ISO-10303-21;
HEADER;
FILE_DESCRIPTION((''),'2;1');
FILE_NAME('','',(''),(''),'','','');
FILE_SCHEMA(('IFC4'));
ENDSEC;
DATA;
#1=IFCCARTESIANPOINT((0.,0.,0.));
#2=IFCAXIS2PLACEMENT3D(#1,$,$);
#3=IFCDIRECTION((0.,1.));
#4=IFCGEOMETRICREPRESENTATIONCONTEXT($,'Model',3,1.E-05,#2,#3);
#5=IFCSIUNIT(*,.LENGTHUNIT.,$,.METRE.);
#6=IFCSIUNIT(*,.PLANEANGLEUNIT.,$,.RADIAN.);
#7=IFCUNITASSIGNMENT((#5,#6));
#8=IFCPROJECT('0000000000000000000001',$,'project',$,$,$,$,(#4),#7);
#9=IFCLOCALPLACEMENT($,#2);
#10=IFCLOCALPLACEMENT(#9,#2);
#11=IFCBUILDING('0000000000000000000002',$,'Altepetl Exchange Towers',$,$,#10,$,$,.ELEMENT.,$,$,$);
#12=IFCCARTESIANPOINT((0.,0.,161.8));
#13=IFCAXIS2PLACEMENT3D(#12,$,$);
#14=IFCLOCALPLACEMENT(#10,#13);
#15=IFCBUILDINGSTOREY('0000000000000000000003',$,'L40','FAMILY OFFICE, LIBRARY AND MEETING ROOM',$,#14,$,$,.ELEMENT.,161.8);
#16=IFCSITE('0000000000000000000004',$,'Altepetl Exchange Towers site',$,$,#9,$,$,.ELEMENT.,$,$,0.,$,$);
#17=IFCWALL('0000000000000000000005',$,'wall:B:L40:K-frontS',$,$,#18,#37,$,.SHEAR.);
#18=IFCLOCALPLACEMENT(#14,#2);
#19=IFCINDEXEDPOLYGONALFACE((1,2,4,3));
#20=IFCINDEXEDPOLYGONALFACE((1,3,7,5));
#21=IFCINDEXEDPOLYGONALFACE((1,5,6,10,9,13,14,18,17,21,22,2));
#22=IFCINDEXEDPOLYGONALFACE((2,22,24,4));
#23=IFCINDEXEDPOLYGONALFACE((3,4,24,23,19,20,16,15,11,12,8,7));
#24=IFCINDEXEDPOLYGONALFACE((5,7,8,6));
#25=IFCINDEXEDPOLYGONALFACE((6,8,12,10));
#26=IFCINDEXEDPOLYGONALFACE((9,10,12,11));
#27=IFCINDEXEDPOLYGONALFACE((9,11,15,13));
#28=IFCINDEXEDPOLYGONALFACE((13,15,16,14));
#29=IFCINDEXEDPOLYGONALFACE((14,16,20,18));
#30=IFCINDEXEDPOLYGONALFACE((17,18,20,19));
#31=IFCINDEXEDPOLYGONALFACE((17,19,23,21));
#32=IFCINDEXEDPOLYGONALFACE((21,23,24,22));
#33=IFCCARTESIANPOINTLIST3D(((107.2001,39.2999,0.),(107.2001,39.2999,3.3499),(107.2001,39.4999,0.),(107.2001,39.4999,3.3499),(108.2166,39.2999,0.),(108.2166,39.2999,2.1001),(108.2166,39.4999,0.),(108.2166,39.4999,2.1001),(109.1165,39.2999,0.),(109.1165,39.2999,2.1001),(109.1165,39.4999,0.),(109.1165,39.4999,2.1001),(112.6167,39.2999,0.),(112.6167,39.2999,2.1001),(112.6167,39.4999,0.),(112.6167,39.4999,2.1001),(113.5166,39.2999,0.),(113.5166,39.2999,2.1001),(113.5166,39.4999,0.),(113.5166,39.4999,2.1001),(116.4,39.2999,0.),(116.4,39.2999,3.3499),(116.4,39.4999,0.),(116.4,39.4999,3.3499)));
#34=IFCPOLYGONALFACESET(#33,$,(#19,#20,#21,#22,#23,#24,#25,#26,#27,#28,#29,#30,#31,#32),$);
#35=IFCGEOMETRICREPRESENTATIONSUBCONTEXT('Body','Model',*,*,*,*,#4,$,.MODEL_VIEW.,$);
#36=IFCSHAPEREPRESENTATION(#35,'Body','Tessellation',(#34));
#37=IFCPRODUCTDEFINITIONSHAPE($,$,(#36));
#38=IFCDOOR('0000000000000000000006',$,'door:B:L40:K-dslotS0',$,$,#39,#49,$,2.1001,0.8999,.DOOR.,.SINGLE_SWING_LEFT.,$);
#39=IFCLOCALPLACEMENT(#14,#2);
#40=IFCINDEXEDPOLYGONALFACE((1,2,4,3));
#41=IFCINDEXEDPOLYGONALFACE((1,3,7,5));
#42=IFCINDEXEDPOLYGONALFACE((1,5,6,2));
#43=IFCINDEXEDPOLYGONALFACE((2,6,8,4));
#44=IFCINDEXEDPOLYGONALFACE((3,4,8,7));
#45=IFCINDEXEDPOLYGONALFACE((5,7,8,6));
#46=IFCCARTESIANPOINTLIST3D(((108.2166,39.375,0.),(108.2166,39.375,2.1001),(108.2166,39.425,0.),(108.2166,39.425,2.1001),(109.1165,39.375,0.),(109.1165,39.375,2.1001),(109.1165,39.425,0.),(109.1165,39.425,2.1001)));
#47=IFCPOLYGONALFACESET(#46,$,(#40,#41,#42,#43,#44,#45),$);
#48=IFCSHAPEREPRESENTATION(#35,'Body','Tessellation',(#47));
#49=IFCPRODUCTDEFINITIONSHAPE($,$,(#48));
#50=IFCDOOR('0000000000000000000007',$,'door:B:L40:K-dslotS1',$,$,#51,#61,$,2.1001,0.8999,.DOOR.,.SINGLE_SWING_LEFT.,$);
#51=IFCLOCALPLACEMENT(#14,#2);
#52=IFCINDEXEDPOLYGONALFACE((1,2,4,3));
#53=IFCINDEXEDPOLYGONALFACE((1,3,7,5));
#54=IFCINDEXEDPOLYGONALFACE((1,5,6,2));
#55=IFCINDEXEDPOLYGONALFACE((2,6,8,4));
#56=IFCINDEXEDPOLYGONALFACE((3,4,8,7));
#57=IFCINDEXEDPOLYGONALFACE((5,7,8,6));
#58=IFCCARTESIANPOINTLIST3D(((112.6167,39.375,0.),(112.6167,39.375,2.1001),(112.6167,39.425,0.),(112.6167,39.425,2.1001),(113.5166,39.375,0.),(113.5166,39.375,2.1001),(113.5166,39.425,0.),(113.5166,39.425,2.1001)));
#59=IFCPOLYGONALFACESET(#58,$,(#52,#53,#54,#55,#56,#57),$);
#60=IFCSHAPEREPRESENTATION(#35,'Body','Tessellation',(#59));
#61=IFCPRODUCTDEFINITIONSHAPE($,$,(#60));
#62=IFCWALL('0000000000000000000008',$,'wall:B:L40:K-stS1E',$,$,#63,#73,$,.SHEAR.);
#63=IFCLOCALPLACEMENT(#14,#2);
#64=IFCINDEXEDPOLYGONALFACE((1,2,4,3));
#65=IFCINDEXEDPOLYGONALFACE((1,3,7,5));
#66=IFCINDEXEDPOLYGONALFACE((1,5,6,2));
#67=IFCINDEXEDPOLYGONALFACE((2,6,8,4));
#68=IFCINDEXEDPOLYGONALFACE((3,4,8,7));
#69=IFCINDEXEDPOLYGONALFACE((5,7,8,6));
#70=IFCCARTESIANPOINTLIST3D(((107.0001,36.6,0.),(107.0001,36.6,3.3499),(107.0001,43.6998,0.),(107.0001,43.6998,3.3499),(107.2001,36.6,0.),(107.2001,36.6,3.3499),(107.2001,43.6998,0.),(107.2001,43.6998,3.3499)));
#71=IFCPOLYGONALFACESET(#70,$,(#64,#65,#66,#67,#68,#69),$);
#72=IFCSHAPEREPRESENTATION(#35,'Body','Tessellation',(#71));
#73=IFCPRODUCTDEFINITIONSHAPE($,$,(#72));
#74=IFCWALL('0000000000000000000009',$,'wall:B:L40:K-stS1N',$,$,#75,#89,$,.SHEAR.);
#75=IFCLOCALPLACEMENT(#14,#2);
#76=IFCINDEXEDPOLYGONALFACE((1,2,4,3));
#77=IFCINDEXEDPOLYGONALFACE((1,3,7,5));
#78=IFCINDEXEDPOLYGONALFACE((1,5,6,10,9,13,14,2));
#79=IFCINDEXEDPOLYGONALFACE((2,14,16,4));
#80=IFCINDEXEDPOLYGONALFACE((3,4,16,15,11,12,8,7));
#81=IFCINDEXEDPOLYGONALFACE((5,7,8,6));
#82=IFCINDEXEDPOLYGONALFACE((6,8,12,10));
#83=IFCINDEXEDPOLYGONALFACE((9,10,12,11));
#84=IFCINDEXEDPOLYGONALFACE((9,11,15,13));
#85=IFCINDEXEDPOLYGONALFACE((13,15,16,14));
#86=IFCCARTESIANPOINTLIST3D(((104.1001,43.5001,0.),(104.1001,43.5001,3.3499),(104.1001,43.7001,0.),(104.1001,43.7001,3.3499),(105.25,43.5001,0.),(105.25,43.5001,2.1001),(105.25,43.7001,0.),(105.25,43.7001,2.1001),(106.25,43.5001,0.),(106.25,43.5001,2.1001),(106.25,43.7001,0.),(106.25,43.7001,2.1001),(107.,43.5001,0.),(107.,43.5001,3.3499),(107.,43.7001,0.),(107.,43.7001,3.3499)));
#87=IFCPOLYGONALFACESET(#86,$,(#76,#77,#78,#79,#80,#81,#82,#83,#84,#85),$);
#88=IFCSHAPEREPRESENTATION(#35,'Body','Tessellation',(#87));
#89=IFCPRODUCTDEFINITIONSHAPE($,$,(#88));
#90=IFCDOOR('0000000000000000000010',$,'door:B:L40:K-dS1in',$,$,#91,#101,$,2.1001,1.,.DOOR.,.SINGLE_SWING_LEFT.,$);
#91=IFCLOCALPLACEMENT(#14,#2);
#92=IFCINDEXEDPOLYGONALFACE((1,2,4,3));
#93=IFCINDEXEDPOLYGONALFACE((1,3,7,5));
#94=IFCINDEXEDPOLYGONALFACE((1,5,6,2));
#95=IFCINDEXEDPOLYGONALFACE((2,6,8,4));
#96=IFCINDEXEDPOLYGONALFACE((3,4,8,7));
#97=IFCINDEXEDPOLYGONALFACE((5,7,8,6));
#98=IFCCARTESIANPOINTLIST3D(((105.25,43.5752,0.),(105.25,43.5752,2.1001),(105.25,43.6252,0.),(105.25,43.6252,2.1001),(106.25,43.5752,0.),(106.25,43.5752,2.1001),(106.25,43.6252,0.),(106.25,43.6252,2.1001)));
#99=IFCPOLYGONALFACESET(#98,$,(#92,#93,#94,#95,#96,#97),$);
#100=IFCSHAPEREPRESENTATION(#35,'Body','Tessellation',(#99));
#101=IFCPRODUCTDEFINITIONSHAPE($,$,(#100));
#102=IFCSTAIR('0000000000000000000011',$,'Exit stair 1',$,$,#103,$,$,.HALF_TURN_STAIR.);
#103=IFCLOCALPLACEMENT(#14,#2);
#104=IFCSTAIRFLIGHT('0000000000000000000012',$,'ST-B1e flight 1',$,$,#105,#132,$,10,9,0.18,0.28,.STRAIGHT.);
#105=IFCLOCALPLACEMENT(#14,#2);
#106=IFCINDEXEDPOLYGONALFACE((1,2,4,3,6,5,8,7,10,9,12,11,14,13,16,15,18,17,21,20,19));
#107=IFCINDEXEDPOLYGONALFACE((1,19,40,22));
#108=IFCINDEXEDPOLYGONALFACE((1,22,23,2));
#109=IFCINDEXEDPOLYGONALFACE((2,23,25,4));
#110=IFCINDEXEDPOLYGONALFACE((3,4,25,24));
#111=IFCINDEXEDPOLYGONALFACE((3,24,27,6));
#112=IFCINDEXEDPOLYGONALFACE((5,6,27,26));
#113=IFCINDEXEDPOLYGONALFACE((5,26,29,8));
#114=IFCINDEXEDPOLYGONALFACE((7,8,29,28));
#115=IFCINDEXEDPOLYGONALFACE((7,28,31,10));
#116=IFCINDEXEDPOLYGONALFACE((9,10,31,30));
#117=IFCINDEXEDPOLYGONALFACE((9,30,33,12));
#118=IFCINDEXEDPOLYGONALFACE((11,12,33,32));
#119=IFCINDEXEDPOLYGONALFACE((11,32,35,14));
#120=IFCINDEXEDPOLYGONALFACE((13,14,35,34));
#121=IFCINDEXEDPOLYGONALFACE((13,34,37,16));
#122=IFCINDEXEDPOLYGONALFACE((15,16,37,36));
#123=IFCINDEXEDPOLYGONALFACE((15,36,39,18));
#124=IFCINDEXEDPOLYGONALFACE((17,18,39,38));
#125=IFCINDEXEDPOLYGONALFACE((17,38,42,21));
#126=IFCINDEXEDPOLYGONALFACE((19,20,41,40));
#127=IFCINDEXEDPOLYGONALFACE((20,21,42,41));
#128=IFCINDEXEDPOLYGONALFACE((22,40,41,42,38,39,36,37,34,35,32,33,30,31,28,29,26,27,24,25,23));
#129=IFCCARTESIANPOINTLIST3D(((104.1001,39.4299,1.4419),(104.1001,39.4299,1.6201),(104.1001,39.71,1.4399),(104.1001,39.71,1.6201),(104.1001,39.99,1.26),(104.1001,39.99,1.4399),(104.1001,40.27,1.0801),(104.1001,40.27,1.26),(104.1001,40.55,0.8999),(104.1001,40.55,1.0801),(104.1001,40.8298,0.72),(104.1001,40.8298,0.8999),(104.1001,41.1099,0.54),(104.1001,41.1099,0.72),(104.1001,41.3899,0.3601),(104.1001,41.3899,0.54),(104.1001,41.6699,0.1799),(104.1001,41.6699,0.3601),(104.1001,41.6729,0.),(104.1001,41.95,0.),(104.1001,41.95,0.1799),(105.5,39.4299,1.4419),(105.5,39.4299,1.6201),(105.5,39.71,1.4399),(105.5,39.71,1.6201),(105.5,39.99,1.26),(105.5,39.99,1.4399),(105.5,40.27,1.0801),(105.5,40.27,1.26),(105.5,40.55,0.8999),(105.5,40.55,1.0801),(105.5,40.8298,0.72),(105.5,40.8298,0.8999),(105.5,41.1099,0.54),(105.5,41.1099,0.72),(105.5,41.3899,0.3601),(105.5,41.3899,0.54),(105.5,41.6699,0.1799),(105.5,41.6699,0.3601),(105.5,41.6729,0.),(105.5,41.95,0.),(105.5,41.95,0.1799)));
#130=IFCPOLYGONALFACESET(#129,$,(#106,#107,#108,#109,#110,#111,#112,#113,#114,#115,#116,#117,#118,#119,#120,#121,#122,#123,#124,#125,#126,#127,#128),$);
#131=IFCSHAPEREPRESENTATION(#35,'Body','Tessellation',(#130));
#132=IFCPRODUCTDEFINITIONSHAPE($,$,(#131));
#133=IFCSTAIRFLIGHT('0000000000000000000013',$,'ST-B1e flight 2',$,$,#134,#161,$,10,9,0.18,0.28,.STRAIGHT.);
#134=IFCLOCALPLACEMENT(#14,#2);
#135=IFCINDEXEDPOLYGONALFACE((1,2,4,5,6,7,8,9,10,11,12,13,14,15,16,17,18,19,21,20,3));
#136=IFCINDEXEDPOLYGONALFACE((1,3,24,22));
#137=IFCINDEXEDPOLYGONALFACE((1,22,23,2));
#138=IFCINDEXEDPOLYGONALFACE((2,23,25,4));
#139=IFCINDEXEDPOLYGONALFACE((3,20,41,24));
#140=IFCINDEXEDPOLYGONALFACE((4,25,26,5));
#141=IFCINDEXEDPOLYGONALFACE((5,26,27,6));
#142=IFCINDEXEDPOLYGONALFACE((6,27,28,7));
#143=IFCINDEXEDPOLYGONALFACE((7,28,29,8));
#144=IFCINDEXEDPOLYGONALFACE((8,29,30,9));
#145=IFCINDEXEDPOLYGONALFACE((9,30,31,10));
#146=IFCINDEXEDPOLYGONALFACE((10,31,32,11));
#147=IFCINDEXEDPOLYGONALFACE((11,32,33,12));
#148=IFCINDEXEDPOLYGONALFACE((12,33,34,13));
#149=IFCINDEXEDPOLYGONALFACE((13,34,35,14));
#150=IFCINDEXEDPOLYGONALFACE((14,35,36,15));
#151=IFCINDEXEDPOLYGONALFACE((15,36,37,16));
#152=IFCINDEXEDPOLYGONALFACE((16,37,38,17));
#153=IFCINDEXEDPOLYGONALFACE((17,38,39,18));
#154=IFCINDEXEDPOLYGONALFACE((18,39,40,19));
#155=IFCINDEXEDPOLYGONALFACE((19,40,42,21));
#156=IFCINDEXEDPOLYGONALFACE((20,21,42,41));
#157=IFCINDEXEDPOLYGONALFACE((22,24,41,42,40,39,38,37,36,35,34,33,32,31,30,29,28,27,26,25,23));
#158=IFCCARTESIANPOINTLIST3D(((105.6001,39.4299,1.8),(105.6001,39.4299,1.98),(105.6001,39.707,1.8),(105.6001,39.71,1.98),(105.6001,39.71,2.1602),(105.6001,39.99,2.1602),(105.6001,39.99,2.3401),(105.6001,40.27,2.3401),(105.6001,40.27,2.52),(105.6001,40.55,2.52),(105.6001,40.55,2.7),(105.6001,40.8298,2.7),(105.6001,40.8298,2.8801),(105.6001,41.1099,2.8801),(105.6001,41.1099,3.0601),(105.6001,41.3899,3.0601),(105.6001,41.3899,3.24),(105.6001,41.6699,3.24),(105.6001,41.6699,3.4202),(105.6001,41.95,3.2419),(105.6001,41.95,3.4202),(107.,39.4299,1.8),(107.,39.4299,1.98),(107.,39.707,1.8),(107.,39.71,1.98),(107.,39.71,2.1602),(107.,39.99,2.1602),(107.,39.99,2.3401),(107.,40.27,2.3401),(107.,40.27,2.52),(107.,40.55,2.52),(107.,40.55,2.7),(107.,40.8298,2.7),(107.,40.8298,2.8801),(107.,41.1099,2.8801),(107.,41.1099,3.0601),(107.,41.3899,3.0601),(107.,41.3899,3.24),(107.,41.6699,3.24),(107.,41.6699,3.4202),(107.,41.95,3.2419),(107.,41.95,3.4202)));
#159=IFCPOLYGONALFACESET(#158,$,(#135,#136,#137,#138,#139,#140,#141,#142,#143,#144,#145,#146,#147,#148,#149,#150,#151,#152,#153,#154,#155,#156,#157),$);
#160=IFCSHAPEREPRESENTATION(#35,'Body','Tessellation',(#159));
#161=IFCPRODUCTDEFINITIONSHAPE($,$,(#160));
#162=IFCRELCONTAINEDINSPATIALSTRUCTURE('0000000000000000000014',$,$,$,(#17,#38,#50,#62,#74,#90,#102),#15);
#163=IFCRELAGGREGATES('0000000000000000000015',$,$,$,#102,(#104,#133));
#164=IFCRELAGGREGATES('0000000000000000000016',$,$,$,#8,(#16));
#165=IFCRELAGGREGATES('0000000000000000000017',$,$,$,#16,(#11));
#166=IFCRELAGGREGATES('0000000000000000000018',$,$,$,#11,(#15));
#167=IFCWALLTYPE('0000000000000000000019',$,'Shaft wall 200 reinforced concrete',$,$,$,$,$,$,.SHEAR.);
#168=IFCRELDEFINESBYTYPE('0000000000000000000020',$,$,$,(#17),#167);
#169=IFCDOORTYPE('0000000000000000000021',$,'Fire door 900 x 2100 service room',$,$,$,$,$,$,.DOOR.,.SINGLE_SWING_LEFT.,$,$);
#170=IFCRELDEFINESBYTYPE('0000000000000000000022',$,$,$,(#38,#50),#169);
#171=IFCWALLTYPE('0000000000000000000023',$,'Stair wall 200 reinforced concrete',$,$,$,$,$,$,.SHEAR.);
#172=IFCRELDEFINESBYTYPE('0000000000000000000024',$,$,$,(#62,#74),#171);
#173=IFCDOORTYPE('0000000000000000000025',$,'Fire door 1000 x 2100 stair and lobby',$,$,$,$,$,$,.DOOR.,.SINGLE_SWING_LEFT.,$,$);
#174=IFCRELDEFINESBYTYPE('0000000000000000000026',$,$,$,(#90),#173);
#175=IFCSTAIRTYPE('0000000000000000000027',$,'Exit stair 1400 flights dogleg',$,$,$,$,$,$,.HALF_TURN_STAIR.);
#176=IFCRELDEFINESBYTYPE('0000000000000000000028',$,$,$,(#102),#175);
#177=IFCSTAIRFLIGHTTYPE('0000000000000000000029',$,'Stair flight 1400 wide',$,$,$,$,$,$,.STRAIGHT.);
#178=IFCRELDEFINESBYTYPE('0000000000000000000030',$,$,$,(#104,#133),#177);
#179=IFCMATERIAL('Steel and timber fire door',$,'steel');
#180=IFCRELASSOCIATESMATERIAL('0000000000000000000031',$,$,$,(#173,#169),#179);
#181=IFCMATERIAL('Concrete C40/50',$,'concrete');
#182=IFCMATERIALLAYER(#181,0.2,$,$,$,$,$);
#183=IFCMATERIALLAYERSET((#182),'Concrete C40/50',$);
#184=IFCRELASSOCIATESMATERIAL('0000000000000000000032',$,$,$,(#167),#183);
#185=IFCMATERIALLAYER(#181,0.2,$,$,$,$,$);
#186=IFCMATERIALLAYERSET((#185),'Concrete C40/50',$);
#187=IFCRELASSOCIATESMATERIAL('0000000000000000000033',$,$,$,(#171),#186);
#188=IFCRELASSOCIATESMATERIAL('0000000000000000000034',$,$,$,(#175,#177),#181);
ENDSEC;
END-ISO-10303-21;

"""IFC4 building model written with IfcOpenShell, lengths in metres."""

from ifc_helpers import new_model, si_unit, direction, frame, frame_2d, origin, place, context, subcontext, project, spatial, polyline, rectangle, outline, extrude, material, layer, layer_set, type_object, element, fill, aggregate, save


model = new_model("IFC4")

# Units and contexts
model_context = context("Model", 3, precision=1e-05, world=origin(), true_north=direction((0.0, 1.0)))
body_context = subcontext(model_context, "Body", "Model", "MODEL_VIEW")
ifc_project = project(units=[si_unit("LENGTHUNIT", "METRE"), si_unit("PLANEANGLEUNIT", "RADIAN")], contexts=[model_context])

# Site, building, storey
site_placement = place(None, origin())
site = spatial("IfcSite", under=ifc_project, at=site_placement, Name="Altepetl Exchange Towers site", CompositionType="ELEMENT", RefElevation=0.0)
building_placement = place(site_placement, origin())
building = spatial("IfcBuilding", under=site, at=building_placement, Name="Altepetl Exchange Towers", CompositionType="ELEMENT")
storey_placement = place(building_placement, frame((0.0, 0.0, 161.8)))
storey = spatial("IfcBuildingStorey", under=building, at=storey_placement, Name="L40", Description="FAMILY OFFICE, LIBRARY AND MEETING ROOM", CompositionType="ELEMENT", Elevation=161.8)

# Shared definitions
ifc_material_1 = material(Name="Steel and timber fire door", Category="steel")
door_type_1 = type_object("IfcDoorType", Name="Fire door 1000 x 2100 stair and lobby", OperationType="SINGLE_SWING_LEFT", PredefinedType="DOOR", material=ifc_material_1)

# Shared definitions
ifc_material_2 = material(Name="Concrete C40/50", Category="concrete")
ifc_layer_1 = layer(ifc_material_2, 0.2)
ifc_layer_set_1 = layer_set([ifc_layer_1], Name="Concrete C40/50")
wall_type_1 = type_object("IfcWallType", Name="Shaft wall 200 reinforced concrete", PredefinedType="SHEAR", material=ifc_layer_set_1)

# Wall, openings, doors
wall_1_placement = place(storey_placement, frame((107.2, 39.3999, 0.0)))
wall_1 = element("IfcWall", 1, at=wall_1_placement, inside=storey, type_object=wall_type_1, Name="wall:B:L40:K-frontS", PredefinedType="SHEAR", context=body_context, shape_type="SweptSolid", body=[
    extrude(rectangle(XDim=9.2, YDim=0.2, at=frame_2d((4.6001, 0.0))), origin(), (0.0, 0.0, 1.0), 3.3499),
])
opening_1_placement = place(wall_1_placement, frame((1.0166, 0.0, 0.0)))
opening_1 = element("IfcOpeningElement", 2, at=opening_1_placement, cuts=wall_1, PredefinedType="OPENING", context=body_context, shape_type="SweptSolid", body=[
    extrude(rectangle(XDim=0.8999, YDim=2.1001, at=frame_2d((0.45, 1.05))), frame((0.0, 0.1099, 0.0), z_axis=(0.0, -1.0, 0.0), x_axis=(1.0, 0.0, 0.0)), (0.0, 0.0, 1.0), 0.22),
])
opening_2_placement = place(wall_1_placement, frame((5.4167, 0.0, 0.0)))
opening_2 = element("IfcOpeningElement", 3, at=opening_2_placement, cuts=wall_1, PredefinedType="OPENING", context=body_context, shape_type="SweptSolid", body=[
    extrude(rectangle(XDim=0.8999, YDim=2.1001, at=frame_2d((0.45, 1.05))), frame((0.0, 0.1099, 0.0), z_axis=(0.0, -1.0, 0.0), x_axis=(1.0, 0.0, 0.0)), (0.0, 0.0, 1.0), 0.22),
])
door_type_2 = type_object("IfcDoorType", Name="Fire door 900 x 2100 service room", OperationType="SINGLE_SWING_LEFT", PredefinedType="DOOR", material=ifc_material_1)
door_1_placement = place(opening_1_placement, frame((0.8999, 0.0, 0.0), x_axis=(-1.0, 0.0, 0.0)))
door_1 = element("IfcDoor", 4, at=door_1_placement, inside=storey, type_object=door_type_2, Name="door:B:L40:K-dslotS0", OperationType="SINGLE_SWING_LEFT", OverallHeight=2.1001, OverallWidth=0.8999, PredefinedType="DOOR", context=body_context, shape_type="SweptSolid", body=[
    extrude(rectangle(XDim=0.8999, YDim=2.1001, at=frame_2d((0.45, 1.05))), frame((0.0, 0.0249, 0.0), z_axis=(0.0, -1.0, 0.0), x_axis=(1.0, 0.0, 0.0)), (0.0, 0.0, 1.0), 0.05),
])
fill(opening_1, door_1)
door_2_placement = place(opening_2_placement, frame((0.8999, 0.0, 0.0), x_axis=(-1.0, 0.0, 0.0)))
door_2 = element("IfcDoor", 5, at=door_2_placement, inside=storey, type_object=door_type_2, Name="door:B:L40:K-dslotS1", OperationType="SINGLE_SWING_LEFT", OverallHeight=2.1001, OverallWidth=0.8999, PredefinedType="DOOR", context=body_context, shape_type="SweptSolid", body=[
    extrude(rectangle(XDim=0.8999, YDim=2.1001, at=frame_2d((0.45, 1.05))), frame((0.0, 0.0249, 0.0), z_axis=(0.0, -1.0, 0.0), x_axis=(1.0, 0.0, 0.0)), (0.0, 0.0, 1.0), 0.05),
])
fill(opening_2, door_2)

# Wall
ifc_layer_2 = layer(ifc_material_2, 0.2)
ifc_layer_set_2 = layer_set([ifc_layer_2], Name="Concrete C40/50")
wall_type_2 = type_object("IfcWallType", Name="Stair wall 200 reinforced concrete", PredefinedType="SHEAR", material=ifc_layer_set_2)
wall_2_placement = place(storey_placement, frame((107.1001, 36.6001, 0.0), z_axis=(0.0, 0.0, 1.0), x_axis=(0.0, 1.0, 0.0)))
element("IfcWall", 6, at=wall_2_placement, inside=storey, type_object=wall_type_2, Name="wall:B:L40:K-stS1E", PredefinedType="SHEAR", context=body_context, shape_type="SweptSolid", body=[
    extrude(rectangle(XDim=7.0999, YDim=0.2, at=frame_2d((3.5498, 0.0))), origin(), (0.0, 0.0, 1.0), 3.3499),
])

# Wall, opening, door
wall_3_placement = place(storey_placement, frame((104.1001, 43.6001, 0.0)))
wall_3 = element("IfcWall", 7, at=wall_3_placement, inside=storey, type_object=wall_type_2, Name="wall:B:L40:K-stS1N", PredefinedType="SHEAR", context=body_context, shape_type="SweptSolid", body=[
    extrude(rectangle(XDim=2.8999, YDim=0.2, at=frame_2d((1.45, 0.0))), origin(), (0.0, 0.0, 1.0), 3.3499),
])
opening_3_placement = place(wall_3_placement, frame((1.1499, 0.0, 0.0)))
opening_3 = element("IfcOpeningElement", 8, at=opening_3_placement, cuts=wall_3, PredefinedType="OPENING", context=body_context, shape_type="SweptSolid", body=[
    extrude(rectangle(XDim=1.0, YDim=2.1001, at=frame_2d((0.5, 1.05))), frame((0.0, 0.1099, 0.0), z_axis=(0.0, -1.0, 0.0), x_axis=(1.0, 0.0, 0.0)), (0.0, 0.0, 1.0), 0.22),
])
door_3_placement = place(opening_3_placement, frame((1.0, 0.0, 0.0), x_axis=(-1.0, 0.0, 0.0)))
door_3 = element("IfcDoor", 9, at=door_3_placement, inside=storey, type_object=door_type_1, Name="door:B:L40:K-dS1in", OperationType="SINGLE_SWING_LEFT", OverallHeight=2.1001, OverallWidth=1.0, PredefinedType="DOOR", context=body_context, shape_type="SweptSolid", body=[
    extrude(rectangle(XDim=1.0, YDim=2.1001, at=frame_2d((0.5, 1.05))), frame((0.0, 0.0249, 0.0), z_axis=(0.0, -1.0, 0.0), x_axis=(1.0, 0.0, 0.0)), (0.0, 0.0, 1.0), 0.05),
])
fill(opening_3, door_3)

# Stair, stair flights
stair_type = type_object("IfcStairType", Name="Exit stair 1400 flights dogleg", PredefinedType="HALF_TURN_STAIR", material=ifc_material_2)
stair_placement = place(storey_placement, origin())
stair = element("IfcStair", 10, at=stair_placement, inside=storey, type_object=stair_type, Name="Exit stair 1", PredefinedType="HALF_TURN_STAIR")
stair_flight_type = type_object("IfcStairFlightType", Name="Stair flight 1400 wide", PredefinedType="STRAIGHT", material=ifc_material_2)
stair_flight_1_placement = place(storey_placement, frame((104.8, 41.95, 0.0), z_axis=(0.0, 0.0, 1.0), x_axis=(0.0, -1.0, 0.0)))
stair_flight_1 = element("IfcStairFlight", 11, at=stair_flight_1_placement, type_object=stair_flight_type, Name="ST-B1e flight 1", NumberOfRisers=10, NumberOfTreads=9, PredefinedType="STRAIGHT", RiserHeight=0.18, TreadLength=0.28, context=body_context, shape_type="SweptSolid", body=[
    extrude(outline(polyline([(0.0, 0.0), (0.0, 0.1799), (0.28, 0.1799), (0.28, 0.3601), (0.5601, 0.3601), (0.5601, 0.54), (0.8401, 0.54), (0.8401, 0.72), (1.1201, 0.72), (1.1201, 0.8999), (1.3999, 0.8999), (1.3999, 1.0801), (1.6799, 1.0801), (1.6799, 1.26), (1.96, 1.26), (1.96, 1.4399), (2.24, 1.4399), (2.24, 1.6201), (2.52, 1.6201), (2.52, 1.8), (2.52, 1.4419), (0.2771, 0.0), (0.0, 0.0)])), frame((0.0, 0.7, 0.0), z_axis=(0.0, -1.0, 0.0), x_axis=(1.0, 0.0, 0.0)), (0.0, 0.0, 1.0), 1.3999),
])
stair_flight_2_placement = place(storey_placement, frame((106.3, 39.4299, 1.8), z_axis=(0.0, 0.0, 1.0), x_axis=(0.0, 1.0, 0.0)))
stair_flight_2 = element("IfcStairFlight", 12, at=stair_flight_2_placement, type_object=stair_flight_type, Name="ST-B1e flight 2", NumberOfRisers=10, NumberOfTreads=9, PredefinedType="STRAIGHT", RiserHeight=0.18, TreadLength=0.28, context=body_context, shape_type="SweptSolid", body=[
    extrude(outline(polyline([(0.0, 0.0), (0.0, 0.1799), (0.28, 0.1799), (0.28, 0.3601), (0.5601, 0.3601), (0.5601, 0.54), (0.8401, 0.54), (0.8401, 0.72), (1.1201, 0.72), (1.1201, 0.8999), (1.3999, 0.8999), (1.3999, 1.0801), (1.6799, 1.0801), (1.6799, 1.26), (1.96, 1.26), (1.96, 1.4399), (2.24, 1.4399), (2.24, 1.6201), (2.52, 1.6201), (2.52, 1.8), (2.52, 1.4419), (0.2771, 0.0), (0.0, 0.0)])), frame((0.0, 0.7, 0.0), z_axis=(0.0, -1.0, 0.0), x_axis=(1.0, 0.0, 0.0)), (0.0, 0.0, 1.0), 1.3999),
])
aggregate(stair, [stair_flight_1, stair_flight_2])

save(model, "model.ifc")
